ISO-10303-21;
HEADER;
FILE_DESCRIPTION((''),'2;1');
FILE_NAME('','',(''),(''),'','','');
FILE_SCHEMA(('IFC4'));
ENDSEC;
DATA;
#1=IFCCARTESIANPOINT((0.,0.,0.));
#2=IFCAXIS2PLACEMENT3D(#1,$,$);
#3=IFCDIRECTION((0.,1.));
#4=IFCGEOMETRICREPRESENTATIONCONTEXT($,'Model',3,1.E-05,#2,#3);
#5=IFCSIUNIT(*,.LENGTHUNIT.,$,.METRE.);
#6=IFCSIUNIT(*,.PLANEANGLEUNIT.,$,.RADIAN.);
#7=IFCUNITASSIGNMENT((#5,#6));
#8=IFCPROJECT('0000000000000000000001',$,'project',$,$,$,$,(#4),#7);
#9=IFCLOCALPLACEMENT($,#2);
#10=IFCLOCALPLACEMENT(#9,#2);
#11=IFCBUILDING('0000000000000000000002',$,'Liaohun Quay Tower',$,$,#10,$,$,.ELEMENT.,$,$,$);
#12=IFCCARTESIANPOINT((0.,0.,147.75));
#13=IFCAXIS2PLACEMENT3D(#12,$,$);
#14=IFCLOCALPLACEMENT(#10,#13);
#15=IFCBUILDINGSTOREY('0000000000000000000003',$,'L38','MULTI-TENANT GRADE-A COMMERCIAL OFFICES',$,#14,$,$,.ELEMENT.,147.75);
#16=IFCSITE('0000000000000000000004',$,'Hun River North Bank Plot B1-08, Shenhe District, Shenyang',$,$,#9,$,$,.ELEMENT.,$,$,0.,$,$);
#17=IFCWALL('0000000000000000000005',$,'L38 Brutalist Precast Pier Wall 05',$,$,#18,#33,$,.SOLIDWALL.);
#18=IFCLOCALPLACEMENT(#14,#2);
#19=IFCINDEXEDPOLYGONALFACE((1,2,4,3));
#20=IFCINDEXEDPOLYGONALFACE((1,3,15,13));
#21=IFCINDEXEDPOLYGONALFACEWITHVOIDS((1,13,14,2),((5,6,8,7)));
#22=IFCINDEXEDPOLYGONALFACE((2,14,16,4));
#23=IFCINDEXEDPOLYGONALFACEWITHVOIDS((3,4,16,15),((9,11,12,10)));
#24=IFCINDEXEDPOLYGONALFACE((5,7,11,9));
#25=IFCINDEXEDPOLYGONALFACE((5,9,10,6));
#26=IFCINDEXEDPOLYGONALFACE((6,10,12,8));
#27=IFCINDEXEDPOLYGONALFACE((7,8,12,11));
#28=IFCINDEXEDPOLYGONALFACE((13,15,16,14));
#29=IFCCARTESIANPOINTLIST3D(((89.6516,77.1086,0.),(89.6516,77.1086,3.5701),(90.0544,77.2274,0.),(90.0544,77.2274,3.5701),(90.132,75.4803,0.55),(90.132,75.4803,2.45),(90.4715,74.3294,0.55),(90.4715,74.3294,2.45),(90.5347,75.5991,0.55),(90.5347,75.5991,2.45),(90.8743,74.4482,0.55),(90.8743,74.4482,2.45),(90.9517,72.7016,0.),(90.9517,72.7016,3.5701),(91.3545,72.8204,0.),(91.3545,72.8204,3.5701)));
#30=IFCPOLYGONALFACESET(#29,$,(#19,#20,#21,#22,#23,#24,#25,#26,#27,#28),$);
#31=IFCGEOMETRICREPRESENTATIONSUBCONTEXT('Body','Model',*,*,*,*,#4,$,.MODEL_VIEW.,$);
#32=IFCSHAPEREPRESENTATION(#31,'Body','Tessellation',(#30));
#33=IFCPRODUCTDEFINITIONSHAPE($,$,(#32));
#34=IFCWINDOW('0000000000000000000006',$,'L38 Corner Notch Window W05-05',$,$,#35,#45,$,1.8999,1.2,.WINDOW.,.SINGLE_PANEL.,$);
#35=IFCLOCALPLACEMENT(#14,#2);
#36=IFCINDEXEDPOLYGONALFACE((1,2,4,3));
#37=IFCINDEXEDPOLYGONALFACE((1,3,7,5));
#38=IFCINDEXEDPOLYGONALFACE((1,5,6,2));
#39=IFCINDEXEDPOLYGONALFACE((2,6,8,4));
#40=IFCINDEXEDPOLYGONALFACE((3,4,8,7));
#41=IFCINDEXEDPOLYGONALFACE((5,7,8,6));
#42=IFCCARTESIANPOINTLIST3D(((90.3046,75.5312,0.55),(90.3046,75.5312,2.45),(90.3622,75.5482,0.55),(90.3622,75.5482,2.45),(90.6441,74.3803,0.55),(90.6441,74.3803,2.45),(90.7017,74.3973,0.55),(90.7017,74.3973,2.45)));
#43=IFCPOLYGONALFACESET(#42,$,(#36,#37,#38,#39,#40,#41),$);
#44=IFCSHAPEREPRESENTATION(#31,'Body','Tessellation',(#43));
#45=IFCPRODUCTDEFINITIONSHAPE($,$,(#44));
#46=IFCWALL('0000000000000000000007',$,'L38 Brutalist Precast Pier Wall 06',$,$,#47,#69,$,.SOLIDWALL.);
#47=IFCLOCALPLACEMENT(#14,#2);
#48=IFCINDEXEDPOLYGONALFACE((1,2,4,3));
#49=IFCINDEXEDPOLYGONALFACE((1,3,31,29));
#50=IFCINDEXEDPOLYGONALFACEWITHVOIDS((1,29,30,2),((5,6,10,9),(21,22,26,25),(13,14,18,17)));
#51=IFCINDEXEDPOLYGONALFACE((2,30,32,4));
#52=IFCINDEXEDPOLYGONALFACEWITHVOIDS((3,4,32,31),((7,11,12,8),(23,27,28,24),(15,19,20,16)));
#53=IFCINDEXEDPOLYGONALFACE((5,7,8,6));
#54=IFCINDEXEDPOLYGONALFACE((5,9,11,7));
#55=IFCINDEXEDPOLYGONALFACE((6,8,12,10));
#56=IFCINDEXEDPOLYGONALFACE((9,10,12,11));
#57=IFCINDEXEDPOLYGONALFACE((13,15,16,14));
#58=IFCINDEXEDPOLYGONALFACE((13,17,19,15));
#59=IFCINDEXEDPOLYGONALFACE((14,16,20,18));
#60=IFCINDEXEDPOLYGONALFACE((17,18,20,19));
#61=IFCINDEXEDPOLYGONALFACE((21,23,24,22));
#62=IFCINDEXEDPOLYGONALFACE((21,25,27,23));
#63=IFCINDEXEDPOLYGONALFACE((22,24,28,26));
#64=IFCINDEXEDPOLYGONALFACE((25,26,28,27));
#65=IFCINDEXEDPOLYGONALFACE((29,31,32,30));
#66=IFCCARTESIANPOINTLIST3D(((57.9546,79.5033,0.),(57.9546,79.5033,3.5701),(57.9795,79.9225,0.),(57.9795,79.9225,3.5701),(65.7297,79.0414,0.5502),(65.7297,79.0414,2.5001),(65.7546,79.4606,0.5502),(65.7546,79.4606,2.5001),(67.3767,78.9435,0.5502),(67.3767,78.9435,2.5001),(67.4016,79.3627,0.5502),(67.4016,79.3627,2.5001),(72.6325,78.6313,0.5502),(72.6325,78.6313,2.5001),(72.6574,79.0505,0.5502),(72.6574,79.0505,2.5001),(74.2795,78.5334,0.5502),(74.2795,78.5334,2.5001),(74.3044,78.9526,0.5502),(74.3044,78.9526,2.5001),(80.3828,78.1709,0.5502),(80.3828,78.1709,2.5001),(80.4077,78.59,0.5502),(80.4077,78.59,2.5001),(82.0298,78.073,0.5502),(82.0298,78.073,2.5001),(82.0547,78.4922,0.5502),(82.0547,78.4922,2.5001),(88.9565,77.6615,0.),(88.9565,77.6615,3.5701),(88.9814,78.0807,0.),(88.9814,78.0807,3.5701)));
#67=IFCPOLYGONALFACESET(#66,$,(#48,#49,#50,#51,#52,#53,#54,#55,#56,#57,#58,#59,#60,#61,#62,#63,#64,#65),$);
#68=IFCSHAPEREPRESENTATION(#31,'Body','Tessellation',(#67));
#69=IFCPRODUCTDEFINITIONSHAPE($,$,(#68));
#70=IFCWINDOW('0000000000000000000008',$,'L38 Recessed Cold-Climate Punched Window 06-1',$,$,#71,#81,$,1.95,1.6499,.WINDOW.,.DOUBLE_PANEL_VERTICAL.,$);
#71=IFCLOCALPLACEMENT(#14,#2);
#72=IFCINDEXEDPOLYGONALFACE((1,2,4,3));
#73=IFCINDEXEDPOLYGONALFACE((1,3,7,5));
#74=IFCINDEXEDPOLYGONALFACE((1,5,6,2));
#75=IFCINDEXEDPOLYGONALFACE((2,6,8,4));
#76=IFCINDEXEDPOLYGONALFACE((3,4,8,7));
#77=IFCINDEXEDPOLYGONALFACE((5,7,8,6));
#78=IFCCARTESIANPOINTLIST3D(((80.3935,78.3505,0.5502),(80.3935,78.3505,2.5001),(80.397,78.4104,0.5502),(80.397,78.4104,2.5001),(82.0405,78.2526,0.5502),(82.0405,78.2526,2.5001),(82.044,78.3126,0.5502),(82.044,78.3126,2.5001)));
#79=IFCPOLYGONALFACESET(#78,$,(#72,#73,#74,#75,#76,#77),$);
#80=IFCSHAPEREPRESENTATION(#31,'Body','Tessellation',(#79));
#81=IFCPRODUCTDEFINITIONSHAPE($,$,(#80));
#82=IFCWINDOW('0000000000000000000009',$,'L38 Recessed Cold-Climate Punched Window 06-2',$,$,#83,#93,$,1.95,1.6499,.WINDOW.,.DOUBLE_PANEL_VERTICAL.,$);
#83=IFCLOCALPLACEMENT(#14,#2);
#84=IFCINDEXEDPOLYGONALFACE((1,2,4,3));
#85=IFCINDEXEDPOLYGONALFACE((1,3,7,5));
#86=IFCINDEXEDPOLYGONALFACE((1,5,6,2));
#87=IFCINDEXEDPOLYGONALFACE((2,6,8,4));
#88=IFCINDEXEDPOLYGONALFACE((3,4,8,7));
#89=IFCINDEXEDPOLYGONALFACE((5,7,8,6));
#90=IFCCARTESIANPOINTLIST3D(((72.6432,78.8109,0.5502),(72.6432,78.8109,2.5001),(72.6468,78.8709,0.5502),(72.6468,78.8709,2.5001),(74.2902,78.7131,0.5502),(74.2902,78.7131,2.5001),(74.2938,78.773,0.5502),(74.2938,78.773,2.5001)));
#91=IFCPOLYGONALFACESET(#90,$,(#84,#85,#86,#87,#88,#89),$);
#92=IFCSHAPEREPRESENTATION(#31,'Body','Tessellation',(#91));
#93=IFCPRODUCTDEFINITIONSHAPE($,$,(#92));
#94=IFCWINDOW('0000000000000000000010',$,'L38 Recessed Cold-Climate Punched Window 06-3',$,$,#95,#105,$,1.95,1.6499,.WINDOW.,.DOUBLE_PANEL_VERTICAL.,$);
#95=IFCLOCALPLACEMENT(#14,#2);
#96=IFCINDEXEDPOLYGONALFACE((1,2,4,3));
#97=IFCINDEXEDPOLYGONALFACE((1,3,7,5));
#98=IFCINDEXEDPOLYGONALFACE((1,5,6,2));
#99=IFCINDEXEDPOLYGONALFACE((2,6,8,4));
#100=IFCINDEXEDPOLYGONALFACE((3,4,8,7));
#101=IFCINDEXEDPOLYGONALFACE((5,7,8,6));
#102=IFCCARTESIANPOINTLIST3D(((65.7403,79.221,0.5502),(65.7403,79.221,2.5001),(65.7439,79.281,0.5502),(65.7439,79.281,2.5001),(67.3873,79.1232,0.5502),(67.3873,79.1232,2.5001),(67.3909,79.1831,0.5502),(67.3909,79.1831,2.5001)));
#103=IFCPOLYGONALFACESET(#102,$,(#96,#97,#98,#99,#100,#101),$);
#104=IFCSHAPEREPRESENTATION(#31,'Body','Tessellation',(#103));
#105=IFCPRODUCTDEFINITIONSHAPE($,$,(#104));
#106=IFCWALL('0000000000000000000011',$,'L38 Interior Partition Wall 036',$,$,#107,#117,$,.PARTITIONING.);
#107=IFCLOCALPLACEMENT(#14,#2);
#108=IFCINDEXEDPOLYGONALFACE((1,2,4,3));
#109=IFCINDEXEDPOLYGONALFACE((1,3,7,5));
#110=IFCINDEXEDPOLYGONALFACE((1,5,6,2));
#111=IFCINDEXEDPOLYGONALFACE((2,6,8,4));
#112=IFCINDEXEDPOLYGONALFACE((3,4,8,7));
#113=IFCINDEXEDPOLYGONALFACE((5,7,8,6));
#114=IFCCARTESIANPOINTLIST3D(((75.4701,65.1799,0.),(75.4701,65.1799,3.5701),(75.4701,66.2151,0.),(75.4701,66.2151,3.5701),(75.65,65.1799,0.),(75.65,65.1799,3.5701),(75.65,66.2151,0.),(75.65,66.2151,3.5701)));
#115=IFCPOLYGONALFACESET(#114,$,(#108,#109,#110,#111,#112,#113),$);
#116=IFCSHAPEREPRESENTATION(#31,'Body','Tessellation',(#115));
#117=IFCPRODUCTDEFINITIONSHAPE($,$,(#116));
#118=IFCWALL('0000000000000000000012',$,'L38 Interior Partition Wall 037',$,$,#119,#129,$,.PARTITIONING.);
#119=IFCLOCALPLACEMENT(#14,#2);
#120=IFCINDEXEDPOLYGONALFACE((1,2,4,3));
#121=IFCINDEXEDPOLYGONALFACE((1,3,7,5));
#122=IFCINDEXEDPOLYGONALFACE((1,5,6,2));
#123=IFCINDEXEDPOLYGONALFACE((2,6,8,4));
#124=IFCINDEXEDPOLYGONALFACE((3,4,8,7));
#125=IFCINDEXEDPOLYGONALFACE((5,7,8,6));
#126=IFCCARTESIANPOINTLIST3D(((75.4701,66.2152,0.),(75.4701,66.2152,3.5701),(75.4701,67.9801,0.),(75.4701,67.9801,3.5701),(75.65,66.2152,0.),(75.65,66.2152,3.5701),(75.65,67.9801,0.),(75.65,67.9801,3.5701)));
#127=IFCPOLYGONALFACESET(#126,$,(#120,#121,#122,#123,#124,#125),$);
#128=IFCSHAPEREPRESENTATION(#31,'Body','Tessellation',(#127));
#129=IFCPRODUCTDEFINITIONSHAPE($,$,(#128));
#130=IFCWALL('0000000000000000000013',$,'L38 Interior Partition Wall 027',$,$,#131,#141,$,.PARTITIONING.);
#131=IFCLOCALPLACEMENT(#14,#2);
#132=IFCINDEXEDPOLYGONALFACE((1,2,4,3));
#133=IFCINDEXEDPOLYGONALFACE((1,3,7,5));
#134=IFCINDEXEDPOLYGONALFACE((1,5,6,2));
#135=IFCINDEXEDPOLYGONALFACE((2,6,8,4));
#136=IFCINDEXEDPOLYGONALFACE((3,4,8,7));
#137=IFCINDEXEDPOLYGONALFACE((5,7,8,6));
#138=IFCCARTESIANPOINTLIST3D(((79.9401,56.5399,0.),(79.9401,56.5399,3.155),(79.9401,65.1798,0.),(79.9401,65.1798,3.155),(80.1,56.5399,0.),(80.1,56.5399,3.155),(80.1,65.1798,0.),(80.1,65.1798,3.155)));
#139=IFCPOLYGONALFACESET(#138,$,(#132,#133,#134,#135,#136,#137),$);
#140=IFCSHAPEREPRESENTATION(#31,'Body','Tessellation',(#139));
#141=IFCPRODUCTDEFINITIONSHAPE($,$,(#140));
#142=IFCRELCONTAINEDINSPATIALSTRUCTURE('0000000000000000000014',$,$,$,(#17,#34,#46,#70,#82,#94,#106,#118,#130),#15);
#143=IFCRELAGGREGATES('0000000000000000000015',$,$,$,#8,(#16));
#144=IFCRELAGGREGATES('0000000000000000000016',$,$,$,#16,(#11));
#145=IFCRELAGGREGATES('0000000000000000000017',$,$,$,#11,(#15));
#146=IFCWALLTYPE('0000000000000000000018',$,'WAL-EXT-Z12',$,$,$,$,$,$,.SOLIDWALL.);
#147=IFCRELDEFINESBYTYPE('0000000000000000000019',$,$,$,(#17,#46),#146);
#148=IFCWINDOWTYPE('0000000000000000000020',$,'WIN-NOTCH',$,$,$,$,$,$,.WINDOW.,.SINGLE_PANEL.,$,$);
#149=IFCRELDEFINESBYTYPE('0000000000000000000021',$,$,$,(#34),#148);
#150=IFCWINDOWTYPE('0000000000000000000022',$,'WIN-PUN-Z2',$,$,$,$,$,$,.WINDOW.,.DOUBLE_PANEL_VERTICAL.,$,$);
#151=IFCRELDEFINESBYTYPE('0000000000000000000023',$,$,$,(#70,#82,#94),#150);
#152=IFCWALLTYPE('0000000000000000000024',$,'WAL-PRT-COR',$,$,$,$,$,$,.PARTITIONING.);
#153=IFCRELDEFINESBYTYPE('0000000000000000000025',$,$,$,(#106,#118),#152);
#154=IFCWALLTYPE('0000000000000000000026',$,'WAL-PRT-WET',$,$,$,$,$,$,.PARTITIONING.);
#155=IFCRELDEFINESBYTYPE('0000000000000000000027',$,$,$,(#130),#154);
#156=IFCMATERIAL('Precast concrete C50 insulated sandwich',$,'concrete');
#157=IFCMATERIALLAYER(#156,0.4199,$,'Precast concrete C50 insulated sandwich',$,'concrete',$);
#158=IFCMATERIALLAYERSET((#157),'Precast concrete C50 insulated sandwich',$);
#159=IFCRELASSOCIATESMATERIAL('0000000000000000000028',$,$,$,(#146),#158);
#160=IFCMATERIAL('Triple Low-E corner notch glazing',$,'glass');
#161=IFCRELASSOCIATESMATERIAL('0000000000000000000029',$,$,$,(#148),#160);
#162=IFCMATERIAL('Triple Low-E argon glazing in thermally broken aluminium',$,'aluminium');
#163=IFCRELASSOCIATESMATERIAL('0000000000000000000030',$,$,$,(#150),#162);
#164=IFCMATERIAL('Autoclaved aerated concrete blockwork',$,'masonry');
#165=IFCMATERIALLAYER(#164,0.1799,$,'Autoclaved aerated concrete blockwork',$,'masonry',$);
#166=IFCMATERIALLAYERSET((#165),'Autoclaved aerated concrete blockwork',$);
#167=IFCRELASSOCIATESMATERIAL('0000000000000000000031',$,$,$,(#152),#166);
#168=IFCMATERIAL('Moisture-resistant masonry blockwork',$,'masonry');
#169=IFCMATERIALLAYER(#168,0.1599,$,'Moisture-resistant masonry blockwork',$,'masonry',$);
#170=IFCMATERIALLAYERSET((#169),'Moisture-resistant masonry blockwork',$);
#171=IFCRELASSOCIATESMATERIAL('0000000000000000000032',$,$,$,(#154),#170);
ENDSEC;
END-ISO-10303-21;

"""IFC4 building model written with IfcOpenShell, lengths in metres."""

from ifc_helpers import new_model, si_unit, direction, frame, frame_2d, origin, place, context, subcontext, project, spatial, rectangle, extrude, source, transform, mapped, material, layer, layer_set, type_object, element, fill, save


model = new_model("IFC4")

# Units and contexts
model_context = context("Model", 3, precision=1e-05, world=origin(), true_north=direction((0.0, 1.0)))
body_context = subcontext(model_context, "Body", "Model", "MODEL_VIEW")
ifc_project = project(units=[si_unit("LENGTHUNIT", "METRE"), si_unit("PLANEANGLEUNIT", "RADIAN")], contexts=[model_context])

# Site, building, storey
site_placement = place(None, origin())
site = spatial("IfcSite", under=ifc_project, at=site_placement, Name="Hun River North Bank Plot B1-08, Shenhe District, Shenyang", CompositionType="ELEMENT", RefElevation=0.0)
building_placement = place(site_placement, origin())
building = spatial("IfcBuilding", under=site, at=building_placement, Name="Liaohun Quay Tower", CompositionType="ELEMENT")
storey_placement = place(building_placement, frame((0.0, 0.0, 147.75)))
storey = spatial("IfcBuildingStorey", under=building, at=storey_placement, Name="L38", Description="MULTI-TENANT GRADE-A COMMERCIAL OFFICES", CompositionType="ELEMENT", Elevation=147.75)

# Wall, opening, window
ifc_material_1 = material(Name="Precast concrete C50 insulated sandwich", Category="concrete")
ifc_layer_1 = layer(ifc_material_1, 0.4199, Name="Precast concrete C50 insulated sandwich", Category="concrete")
ifc_layer_set_1 = layer_set([ifc_layer_1], Name="Precast concrete C50 insulated sandwich")
wall_type_1 = type_object("IfcWallType", Name="WAL-EXT-Z12", PredefinedType="SOLIDWALL", material=ifc_layer_set_1)
shared_shape_1 = source(origin(), body_context, "Body", "SweptSolid", [
    extrude(rectangle(XDim=1.2, YDim=1.8999, at=frame_2d((0.6001, 0.95))), frame((0.0, 0.22, 0.0), z_axis=(0.0, -1.0, 0.0), x_axis=(1.0, 0.0, 0.0)), (0.0, 0.0, 1.0), 0.4399),
])
ifc_material_2 = material(Name="Triple Low-E corner notch glazing", Category="glass")
window_type_1 = type_object("IfcWindowType", Name="WIN-NOTCH", PartitioningType="SINGLE_PANEL", PredefinedType="WINDOW", material=ifc_material_2)
shared_shape_2 = source(origin(), body_context, "Body", "SweptSolid", [
    extrude(rectangle(XDim=1.2, YDim=1.8999, at=frame_2d((0.6001, 0.95))), frame((0.0, 0.03, 0.0), z_axis=(0.0, -1.0, 0.0), x_axis=(1.0, 0.0, 0.0)), (0.0, 0.0, 1.0), 0.0601),
])
wall_1_placement = place(storey_placement, frame((91.1531, 72.761, 0.0), z_axis=(0.0, 0.0, 1.0), x_axis=(-0.282943, 0.959137, 0.0)))
wall_1 = element("IfcWall", 1, at=wall_1_placement, inside=storey, type_object=wall_type_1, Name="L38 Brutalist Precast Pier Wall 05", PredefinedType="SOLIDWALL", context=body_context, shape_type="SweptSolid", body=[
    extrude(rectangle(XDim=4.5947, YDim=0.4199, at=frame_2d((2.2974, 0.0))), origin(), (0.0, 0.0, 1.0), 3.5701),
])
opening_1_placement = place(wall_1_placement, frame((1.697, 0.0, 0.55)))
opening_1 = element("IfcOpeningElement", 2, at=opening_1_placement, cuts=wall_1, PredefinedType="OPENING", context=body_context, shape_type="MappedRepresentation", body=[
    mapped(shared_shape_1, transform((0.0, 0.0, 0.0), x_axis=(1.0, 0.0, 0.0), y_axis=(0.0, 1.0, 0.0), z_axis=(0.0, 0.0, 1.0), scale=1.0)),
])
window_1_placement = place(opening_1_placement, origin())
window_1 = element("IfcWindow", 3, at=window_1_placement, inside=storey, type_object=window_type_1, Name="L38 Corner Notch Window W05-05", OverallHeight=1.8999, OverallWidth=1.2, PartitioningType="SINGLE_PANEL", PredefinedType="WINDOW", context=body_context, shape_type="MappedRepresentation", body=[
    mapped(shared_shape_2, transform((0.0, 0.0, 0.0), x_axis=(1.0, 0.0, 0.0), y_axis=(0.0, 1.0, 0.0), z_axis=(0.0, 0.0, 1.0), scale=1.0)),
])
fill(opening_1, window_1)

# Wall, openings, windows
wall_2_placement = place(storey_placement, frame((88.969, 77.8711, 0.0), z_axis=(0.0, 0.0, 1.0), x_axis=(-0.99824, 0.059304, 0.0)))
wall_2 = element("IfcWall", 4, at=wall_2_placement, inside=storey, type_object=wall_type_1, Name="L38 Brutalist Precast Pier Wall 06", PredefinedType="SOLIDWALL", context=body_context, shape_type="SweptSolid", body=[
    extrude(rectangle(XDim=31.0566, YDim=0.4199, at=frame_2d((15.5283, 0.0))), origin(), (0.0, 0.0, 1.0), 3.5701),
])
shared_shape_3 = source(origin(), body_context, "Body", "SweptSolid", [
    extrude(rectangle(XDim=1.6499, YDim=1.95, at=frame_2d((0.825, 0.9751))), frame((0.0, 0.22, 0.0), z_axis=(0.0, -1.0, 0.0), x_axis=(1.0, 0.0, 0.0)), (0.0, 0.0, 1.0), 0.4399),
])
opening_2_placement = place(wall_2_placement, frame((6.939, 0.0, 0.55)))
opening_2 = element("IfcOpeningElement", 5, at=opening_2_placement, cuts=wall_2, PredefinedType="OPENING", context=body_context, shape_type="MappedRepresentation", body=[
    mapped(shared_shape_3, transform((0.0, 0.0, 0.0), x_axis=(1.0, 0.0, 0.0), y_axis=(0.0, 1.0, 0.0), z_axis=(0.0, 0.0, 1.0), scale=1.0)),
])
opening_3_placement = place(wall_2_placement, frame((14.7029, 0.0, 0.55)))
opening_3 = element("IfcOpeningElement", 6, at=opening_3_placement, cuts=wall_2, PredefinedType="OPENING", context=body_context, shape_type="MappedRepresentation", body=[
    mapped(shared_shape_3, transform((0.0, 0.0, 0.0), x_axis=(1.0, 0.0, 0.0), y_axis=(0.0, 1.0, 0.0), z_axis=(0.0, 0.0, 1.0), scale=1.0)),
])
opening_4_placement = place(wall_2_placement, frame((21.6179, 0.0, 0.55)))
opening_4 = element("IfcOpeningElement", 7, at=opening_4_placement, cuts=wall_2, PredefinedType="OPENING", context=body_context, shape_type="MappedRepresentation", body=[
    mapped(shared_shape_3, transform((0.0, 0.0, 0.0), x_axis=(1.0, 0.0, 0.0), y_axis=(0.0, 1.0, 0.0), z_axis=(0.0, 0.0, 1.0), scale=1.0)),
])
ifc_material_3 = material(Name="Triple Low-E argon glazing in thermally broken aluminium", Category="aluminium")
window_type_2 = type_object("IfcWindowType", Name="WIN-PUN-Z2", PartitioningType="DOUBLE_PANEL_VERTICAL", PredefinedType="WINDOW", material=ifc_material_3)
shared_shape_4 = source(origin(), body_context, "Body", "SweptSolid", [
    extrude(rectangle(XDim=1.6499, YDim=1.95, at=frame_2d((0.825, 0.9751))), frame((0.0, 0.03, 0.0), z_axis=(0.0, -1.0, 0.0), x_axis=(1.0, 0.0, 0.0)), (0.0, 0.0, 1.0), 0.0601),
])
window_2_placement = place(opening_2_placement, origin())
window_2 = element("IfcWindow", 8, at=window_2_placement, inside=storey, type_object=window_type_2, Name="L38 Recessed Cold-Climate Punched Window 06-1", OverallHeight=1.95, OverallWidth=1.6499, PartitioningType="DOUBLE_PANEL_VERTICAL", PredefinedType="WINDOW", context=body_context, shape_type="MappedRepresentation", body=[
    mapped(shared_shape_4, transform((0.0, 0.0, 0.0), x_axis=(1.0, 0.0, 0.0), y_axis=(0.0, 1.0, 0.0), z_axis=(0.0, 0.0, 1.0), scale=1.0)),
])
fill(opening_2, window_2)
window_3_placement = place(opening_3_placement, origin())
window_3 = element("IfcWindow", 9, at=window_3_placement, inside=storey, type_object=window_type_2, Name="L38 Recessed Cold-Climate Punched Window 06-2", OverallHeight=1.95, OverallWidth=1.6499, PartitioningType="DOUBLE_PANEL_VERTICAL", PredefinedType="WINDOW", context=body_context, shape_type="MappedRepresentation", body=[
    mapped(shared_shape_4, transform((0.0, 0.0, 0.0), x_axis=(1.0, 0.0, 0.0), y_axis=(0.0, 1.0, 0.0), z_axis=(0.0, 0.0, 1.0), scale=1.0)),
])
fill(opening_3, window_3)
window_4_placement = place(opening_4_placement, origin())
window_4 = element("IfcWindow", 10, at=window_4_placement, inside=storey, type_object=window_type_2, Name="L38 Recessed Cold-Climate Punched Window 06-3", OverallHeight=1.95, OverallWidth=1.6499, PartitioningType="DOUBLE_PANEL_VERTICAL", PredefinedType="WINDOW", context=body_context, shape_type="MappedRepresentation", body=[
    mapped(shared_shape_4, transform((0.0, 0.0, 0.0), x_axis=(1.0, 0.0, 0.0), y_axis=(0.0, 1.0, 0.0), z_axis=(0.0, 0.0, 1.0), scale=1.0)),
])
fill(opening_4, window_4)

# Walls
ifc_material_4 = material(Name="Autoclaved aerated concrete blockwork", Category="masonry")
ifc_layer_2 = layer(ifc_material_4, 0.1799, Name="Autoclaved aerated concrete blockwork", Category="masonry")
ifc_layer_set_2 = layer_set([ifc_layer_2], Name="Autoclaved aerated concrete blockwork")
wall_type_2 = type_object("IfcWallType", Name="WAL-PRT-COR", PredefinedType="PARTITIONING", material=ifc_layer_set_2)
wall_3_placement = place(storey_placement, frame((75.5601, 66.2151, 0.0), z_axis=(0.0, 0.0, 1.0), x_axis=(0.0, -1.0, 0.0)))
element("IfcWall", 11, at=wall_3_placement, inside=storey, type_object=wall_type_2, Name="L38 Interior Partition Wall 036", PredefinedType="PARTITIONING", context=body_context, shape_type="SweptSolid", body=[
    extrude(rectangle(XDim=1.0352, YDim=0.1799, at=frame_2d((0.5176, 0.0))), origin(), (0.0, 0.0, 1.0), 3.5701),
])
wall_4_placement = place(storey_placement, frame((75.5601, 67.98, 0.0), z_axis=(0.0, 0.0, 1.0), x_axis=(0.0, -1.0, 0.0)))
element("IfcWall", 12, at=wall_4_placement, inside=storey, type_object=wall_type_2, Name="L38 Interior Partition Wall 037", PredefinedType="PARTITIONING", context=body_context, shape_type="SweptSolid", body=[
    extrude(rectangle(XDim=1.7649, YDim=0.1799, at=frame_2d((0.8823, 0.0))), origin(), (0.0, 0.0, 1.0), 3.5701),
])
ifc_material_5 = material(Name="Moisture-resistant masonry blockwork", Category="masonry")
ifc_layer_3 = layer(ifc_material_5, 0.1599, Name="Moisture-resistant masonry blockwork", Category="masonry")
ifc_layer_set_3 = layer_set([ifc_layer_3], Name="Moisture-resistant masonry blockwork")
wall_type_3 = type_object("IfcWallType", Name="WAL-PRT-WET", PredefinedType="PARTITIONING", material=ifc_layer_set_3)
wall_5_placement = place(storey_placement, frame((80.02, 56.54, 0.0), z_axis=(0.0, 0.0, 1.0), x_axis=(0.0, 1.0, 0.0)))
element("IfcWall", 13, at=wall_5_placement, inside=storey, type_object=wall_type_3, Name="L38 Interior Partition Wall 027", PredefinedType="PARTITIONING", context=body_context, shape_type="SweptSolid", body=[
    extrude(rectangle(XDim=8.6399, YDim=0.1599, at=frame_2d((4.3198, 0.0))), origin(), (0.0, 0.0, 1.0), 3.155),
])

save(model, "model.ifc")
